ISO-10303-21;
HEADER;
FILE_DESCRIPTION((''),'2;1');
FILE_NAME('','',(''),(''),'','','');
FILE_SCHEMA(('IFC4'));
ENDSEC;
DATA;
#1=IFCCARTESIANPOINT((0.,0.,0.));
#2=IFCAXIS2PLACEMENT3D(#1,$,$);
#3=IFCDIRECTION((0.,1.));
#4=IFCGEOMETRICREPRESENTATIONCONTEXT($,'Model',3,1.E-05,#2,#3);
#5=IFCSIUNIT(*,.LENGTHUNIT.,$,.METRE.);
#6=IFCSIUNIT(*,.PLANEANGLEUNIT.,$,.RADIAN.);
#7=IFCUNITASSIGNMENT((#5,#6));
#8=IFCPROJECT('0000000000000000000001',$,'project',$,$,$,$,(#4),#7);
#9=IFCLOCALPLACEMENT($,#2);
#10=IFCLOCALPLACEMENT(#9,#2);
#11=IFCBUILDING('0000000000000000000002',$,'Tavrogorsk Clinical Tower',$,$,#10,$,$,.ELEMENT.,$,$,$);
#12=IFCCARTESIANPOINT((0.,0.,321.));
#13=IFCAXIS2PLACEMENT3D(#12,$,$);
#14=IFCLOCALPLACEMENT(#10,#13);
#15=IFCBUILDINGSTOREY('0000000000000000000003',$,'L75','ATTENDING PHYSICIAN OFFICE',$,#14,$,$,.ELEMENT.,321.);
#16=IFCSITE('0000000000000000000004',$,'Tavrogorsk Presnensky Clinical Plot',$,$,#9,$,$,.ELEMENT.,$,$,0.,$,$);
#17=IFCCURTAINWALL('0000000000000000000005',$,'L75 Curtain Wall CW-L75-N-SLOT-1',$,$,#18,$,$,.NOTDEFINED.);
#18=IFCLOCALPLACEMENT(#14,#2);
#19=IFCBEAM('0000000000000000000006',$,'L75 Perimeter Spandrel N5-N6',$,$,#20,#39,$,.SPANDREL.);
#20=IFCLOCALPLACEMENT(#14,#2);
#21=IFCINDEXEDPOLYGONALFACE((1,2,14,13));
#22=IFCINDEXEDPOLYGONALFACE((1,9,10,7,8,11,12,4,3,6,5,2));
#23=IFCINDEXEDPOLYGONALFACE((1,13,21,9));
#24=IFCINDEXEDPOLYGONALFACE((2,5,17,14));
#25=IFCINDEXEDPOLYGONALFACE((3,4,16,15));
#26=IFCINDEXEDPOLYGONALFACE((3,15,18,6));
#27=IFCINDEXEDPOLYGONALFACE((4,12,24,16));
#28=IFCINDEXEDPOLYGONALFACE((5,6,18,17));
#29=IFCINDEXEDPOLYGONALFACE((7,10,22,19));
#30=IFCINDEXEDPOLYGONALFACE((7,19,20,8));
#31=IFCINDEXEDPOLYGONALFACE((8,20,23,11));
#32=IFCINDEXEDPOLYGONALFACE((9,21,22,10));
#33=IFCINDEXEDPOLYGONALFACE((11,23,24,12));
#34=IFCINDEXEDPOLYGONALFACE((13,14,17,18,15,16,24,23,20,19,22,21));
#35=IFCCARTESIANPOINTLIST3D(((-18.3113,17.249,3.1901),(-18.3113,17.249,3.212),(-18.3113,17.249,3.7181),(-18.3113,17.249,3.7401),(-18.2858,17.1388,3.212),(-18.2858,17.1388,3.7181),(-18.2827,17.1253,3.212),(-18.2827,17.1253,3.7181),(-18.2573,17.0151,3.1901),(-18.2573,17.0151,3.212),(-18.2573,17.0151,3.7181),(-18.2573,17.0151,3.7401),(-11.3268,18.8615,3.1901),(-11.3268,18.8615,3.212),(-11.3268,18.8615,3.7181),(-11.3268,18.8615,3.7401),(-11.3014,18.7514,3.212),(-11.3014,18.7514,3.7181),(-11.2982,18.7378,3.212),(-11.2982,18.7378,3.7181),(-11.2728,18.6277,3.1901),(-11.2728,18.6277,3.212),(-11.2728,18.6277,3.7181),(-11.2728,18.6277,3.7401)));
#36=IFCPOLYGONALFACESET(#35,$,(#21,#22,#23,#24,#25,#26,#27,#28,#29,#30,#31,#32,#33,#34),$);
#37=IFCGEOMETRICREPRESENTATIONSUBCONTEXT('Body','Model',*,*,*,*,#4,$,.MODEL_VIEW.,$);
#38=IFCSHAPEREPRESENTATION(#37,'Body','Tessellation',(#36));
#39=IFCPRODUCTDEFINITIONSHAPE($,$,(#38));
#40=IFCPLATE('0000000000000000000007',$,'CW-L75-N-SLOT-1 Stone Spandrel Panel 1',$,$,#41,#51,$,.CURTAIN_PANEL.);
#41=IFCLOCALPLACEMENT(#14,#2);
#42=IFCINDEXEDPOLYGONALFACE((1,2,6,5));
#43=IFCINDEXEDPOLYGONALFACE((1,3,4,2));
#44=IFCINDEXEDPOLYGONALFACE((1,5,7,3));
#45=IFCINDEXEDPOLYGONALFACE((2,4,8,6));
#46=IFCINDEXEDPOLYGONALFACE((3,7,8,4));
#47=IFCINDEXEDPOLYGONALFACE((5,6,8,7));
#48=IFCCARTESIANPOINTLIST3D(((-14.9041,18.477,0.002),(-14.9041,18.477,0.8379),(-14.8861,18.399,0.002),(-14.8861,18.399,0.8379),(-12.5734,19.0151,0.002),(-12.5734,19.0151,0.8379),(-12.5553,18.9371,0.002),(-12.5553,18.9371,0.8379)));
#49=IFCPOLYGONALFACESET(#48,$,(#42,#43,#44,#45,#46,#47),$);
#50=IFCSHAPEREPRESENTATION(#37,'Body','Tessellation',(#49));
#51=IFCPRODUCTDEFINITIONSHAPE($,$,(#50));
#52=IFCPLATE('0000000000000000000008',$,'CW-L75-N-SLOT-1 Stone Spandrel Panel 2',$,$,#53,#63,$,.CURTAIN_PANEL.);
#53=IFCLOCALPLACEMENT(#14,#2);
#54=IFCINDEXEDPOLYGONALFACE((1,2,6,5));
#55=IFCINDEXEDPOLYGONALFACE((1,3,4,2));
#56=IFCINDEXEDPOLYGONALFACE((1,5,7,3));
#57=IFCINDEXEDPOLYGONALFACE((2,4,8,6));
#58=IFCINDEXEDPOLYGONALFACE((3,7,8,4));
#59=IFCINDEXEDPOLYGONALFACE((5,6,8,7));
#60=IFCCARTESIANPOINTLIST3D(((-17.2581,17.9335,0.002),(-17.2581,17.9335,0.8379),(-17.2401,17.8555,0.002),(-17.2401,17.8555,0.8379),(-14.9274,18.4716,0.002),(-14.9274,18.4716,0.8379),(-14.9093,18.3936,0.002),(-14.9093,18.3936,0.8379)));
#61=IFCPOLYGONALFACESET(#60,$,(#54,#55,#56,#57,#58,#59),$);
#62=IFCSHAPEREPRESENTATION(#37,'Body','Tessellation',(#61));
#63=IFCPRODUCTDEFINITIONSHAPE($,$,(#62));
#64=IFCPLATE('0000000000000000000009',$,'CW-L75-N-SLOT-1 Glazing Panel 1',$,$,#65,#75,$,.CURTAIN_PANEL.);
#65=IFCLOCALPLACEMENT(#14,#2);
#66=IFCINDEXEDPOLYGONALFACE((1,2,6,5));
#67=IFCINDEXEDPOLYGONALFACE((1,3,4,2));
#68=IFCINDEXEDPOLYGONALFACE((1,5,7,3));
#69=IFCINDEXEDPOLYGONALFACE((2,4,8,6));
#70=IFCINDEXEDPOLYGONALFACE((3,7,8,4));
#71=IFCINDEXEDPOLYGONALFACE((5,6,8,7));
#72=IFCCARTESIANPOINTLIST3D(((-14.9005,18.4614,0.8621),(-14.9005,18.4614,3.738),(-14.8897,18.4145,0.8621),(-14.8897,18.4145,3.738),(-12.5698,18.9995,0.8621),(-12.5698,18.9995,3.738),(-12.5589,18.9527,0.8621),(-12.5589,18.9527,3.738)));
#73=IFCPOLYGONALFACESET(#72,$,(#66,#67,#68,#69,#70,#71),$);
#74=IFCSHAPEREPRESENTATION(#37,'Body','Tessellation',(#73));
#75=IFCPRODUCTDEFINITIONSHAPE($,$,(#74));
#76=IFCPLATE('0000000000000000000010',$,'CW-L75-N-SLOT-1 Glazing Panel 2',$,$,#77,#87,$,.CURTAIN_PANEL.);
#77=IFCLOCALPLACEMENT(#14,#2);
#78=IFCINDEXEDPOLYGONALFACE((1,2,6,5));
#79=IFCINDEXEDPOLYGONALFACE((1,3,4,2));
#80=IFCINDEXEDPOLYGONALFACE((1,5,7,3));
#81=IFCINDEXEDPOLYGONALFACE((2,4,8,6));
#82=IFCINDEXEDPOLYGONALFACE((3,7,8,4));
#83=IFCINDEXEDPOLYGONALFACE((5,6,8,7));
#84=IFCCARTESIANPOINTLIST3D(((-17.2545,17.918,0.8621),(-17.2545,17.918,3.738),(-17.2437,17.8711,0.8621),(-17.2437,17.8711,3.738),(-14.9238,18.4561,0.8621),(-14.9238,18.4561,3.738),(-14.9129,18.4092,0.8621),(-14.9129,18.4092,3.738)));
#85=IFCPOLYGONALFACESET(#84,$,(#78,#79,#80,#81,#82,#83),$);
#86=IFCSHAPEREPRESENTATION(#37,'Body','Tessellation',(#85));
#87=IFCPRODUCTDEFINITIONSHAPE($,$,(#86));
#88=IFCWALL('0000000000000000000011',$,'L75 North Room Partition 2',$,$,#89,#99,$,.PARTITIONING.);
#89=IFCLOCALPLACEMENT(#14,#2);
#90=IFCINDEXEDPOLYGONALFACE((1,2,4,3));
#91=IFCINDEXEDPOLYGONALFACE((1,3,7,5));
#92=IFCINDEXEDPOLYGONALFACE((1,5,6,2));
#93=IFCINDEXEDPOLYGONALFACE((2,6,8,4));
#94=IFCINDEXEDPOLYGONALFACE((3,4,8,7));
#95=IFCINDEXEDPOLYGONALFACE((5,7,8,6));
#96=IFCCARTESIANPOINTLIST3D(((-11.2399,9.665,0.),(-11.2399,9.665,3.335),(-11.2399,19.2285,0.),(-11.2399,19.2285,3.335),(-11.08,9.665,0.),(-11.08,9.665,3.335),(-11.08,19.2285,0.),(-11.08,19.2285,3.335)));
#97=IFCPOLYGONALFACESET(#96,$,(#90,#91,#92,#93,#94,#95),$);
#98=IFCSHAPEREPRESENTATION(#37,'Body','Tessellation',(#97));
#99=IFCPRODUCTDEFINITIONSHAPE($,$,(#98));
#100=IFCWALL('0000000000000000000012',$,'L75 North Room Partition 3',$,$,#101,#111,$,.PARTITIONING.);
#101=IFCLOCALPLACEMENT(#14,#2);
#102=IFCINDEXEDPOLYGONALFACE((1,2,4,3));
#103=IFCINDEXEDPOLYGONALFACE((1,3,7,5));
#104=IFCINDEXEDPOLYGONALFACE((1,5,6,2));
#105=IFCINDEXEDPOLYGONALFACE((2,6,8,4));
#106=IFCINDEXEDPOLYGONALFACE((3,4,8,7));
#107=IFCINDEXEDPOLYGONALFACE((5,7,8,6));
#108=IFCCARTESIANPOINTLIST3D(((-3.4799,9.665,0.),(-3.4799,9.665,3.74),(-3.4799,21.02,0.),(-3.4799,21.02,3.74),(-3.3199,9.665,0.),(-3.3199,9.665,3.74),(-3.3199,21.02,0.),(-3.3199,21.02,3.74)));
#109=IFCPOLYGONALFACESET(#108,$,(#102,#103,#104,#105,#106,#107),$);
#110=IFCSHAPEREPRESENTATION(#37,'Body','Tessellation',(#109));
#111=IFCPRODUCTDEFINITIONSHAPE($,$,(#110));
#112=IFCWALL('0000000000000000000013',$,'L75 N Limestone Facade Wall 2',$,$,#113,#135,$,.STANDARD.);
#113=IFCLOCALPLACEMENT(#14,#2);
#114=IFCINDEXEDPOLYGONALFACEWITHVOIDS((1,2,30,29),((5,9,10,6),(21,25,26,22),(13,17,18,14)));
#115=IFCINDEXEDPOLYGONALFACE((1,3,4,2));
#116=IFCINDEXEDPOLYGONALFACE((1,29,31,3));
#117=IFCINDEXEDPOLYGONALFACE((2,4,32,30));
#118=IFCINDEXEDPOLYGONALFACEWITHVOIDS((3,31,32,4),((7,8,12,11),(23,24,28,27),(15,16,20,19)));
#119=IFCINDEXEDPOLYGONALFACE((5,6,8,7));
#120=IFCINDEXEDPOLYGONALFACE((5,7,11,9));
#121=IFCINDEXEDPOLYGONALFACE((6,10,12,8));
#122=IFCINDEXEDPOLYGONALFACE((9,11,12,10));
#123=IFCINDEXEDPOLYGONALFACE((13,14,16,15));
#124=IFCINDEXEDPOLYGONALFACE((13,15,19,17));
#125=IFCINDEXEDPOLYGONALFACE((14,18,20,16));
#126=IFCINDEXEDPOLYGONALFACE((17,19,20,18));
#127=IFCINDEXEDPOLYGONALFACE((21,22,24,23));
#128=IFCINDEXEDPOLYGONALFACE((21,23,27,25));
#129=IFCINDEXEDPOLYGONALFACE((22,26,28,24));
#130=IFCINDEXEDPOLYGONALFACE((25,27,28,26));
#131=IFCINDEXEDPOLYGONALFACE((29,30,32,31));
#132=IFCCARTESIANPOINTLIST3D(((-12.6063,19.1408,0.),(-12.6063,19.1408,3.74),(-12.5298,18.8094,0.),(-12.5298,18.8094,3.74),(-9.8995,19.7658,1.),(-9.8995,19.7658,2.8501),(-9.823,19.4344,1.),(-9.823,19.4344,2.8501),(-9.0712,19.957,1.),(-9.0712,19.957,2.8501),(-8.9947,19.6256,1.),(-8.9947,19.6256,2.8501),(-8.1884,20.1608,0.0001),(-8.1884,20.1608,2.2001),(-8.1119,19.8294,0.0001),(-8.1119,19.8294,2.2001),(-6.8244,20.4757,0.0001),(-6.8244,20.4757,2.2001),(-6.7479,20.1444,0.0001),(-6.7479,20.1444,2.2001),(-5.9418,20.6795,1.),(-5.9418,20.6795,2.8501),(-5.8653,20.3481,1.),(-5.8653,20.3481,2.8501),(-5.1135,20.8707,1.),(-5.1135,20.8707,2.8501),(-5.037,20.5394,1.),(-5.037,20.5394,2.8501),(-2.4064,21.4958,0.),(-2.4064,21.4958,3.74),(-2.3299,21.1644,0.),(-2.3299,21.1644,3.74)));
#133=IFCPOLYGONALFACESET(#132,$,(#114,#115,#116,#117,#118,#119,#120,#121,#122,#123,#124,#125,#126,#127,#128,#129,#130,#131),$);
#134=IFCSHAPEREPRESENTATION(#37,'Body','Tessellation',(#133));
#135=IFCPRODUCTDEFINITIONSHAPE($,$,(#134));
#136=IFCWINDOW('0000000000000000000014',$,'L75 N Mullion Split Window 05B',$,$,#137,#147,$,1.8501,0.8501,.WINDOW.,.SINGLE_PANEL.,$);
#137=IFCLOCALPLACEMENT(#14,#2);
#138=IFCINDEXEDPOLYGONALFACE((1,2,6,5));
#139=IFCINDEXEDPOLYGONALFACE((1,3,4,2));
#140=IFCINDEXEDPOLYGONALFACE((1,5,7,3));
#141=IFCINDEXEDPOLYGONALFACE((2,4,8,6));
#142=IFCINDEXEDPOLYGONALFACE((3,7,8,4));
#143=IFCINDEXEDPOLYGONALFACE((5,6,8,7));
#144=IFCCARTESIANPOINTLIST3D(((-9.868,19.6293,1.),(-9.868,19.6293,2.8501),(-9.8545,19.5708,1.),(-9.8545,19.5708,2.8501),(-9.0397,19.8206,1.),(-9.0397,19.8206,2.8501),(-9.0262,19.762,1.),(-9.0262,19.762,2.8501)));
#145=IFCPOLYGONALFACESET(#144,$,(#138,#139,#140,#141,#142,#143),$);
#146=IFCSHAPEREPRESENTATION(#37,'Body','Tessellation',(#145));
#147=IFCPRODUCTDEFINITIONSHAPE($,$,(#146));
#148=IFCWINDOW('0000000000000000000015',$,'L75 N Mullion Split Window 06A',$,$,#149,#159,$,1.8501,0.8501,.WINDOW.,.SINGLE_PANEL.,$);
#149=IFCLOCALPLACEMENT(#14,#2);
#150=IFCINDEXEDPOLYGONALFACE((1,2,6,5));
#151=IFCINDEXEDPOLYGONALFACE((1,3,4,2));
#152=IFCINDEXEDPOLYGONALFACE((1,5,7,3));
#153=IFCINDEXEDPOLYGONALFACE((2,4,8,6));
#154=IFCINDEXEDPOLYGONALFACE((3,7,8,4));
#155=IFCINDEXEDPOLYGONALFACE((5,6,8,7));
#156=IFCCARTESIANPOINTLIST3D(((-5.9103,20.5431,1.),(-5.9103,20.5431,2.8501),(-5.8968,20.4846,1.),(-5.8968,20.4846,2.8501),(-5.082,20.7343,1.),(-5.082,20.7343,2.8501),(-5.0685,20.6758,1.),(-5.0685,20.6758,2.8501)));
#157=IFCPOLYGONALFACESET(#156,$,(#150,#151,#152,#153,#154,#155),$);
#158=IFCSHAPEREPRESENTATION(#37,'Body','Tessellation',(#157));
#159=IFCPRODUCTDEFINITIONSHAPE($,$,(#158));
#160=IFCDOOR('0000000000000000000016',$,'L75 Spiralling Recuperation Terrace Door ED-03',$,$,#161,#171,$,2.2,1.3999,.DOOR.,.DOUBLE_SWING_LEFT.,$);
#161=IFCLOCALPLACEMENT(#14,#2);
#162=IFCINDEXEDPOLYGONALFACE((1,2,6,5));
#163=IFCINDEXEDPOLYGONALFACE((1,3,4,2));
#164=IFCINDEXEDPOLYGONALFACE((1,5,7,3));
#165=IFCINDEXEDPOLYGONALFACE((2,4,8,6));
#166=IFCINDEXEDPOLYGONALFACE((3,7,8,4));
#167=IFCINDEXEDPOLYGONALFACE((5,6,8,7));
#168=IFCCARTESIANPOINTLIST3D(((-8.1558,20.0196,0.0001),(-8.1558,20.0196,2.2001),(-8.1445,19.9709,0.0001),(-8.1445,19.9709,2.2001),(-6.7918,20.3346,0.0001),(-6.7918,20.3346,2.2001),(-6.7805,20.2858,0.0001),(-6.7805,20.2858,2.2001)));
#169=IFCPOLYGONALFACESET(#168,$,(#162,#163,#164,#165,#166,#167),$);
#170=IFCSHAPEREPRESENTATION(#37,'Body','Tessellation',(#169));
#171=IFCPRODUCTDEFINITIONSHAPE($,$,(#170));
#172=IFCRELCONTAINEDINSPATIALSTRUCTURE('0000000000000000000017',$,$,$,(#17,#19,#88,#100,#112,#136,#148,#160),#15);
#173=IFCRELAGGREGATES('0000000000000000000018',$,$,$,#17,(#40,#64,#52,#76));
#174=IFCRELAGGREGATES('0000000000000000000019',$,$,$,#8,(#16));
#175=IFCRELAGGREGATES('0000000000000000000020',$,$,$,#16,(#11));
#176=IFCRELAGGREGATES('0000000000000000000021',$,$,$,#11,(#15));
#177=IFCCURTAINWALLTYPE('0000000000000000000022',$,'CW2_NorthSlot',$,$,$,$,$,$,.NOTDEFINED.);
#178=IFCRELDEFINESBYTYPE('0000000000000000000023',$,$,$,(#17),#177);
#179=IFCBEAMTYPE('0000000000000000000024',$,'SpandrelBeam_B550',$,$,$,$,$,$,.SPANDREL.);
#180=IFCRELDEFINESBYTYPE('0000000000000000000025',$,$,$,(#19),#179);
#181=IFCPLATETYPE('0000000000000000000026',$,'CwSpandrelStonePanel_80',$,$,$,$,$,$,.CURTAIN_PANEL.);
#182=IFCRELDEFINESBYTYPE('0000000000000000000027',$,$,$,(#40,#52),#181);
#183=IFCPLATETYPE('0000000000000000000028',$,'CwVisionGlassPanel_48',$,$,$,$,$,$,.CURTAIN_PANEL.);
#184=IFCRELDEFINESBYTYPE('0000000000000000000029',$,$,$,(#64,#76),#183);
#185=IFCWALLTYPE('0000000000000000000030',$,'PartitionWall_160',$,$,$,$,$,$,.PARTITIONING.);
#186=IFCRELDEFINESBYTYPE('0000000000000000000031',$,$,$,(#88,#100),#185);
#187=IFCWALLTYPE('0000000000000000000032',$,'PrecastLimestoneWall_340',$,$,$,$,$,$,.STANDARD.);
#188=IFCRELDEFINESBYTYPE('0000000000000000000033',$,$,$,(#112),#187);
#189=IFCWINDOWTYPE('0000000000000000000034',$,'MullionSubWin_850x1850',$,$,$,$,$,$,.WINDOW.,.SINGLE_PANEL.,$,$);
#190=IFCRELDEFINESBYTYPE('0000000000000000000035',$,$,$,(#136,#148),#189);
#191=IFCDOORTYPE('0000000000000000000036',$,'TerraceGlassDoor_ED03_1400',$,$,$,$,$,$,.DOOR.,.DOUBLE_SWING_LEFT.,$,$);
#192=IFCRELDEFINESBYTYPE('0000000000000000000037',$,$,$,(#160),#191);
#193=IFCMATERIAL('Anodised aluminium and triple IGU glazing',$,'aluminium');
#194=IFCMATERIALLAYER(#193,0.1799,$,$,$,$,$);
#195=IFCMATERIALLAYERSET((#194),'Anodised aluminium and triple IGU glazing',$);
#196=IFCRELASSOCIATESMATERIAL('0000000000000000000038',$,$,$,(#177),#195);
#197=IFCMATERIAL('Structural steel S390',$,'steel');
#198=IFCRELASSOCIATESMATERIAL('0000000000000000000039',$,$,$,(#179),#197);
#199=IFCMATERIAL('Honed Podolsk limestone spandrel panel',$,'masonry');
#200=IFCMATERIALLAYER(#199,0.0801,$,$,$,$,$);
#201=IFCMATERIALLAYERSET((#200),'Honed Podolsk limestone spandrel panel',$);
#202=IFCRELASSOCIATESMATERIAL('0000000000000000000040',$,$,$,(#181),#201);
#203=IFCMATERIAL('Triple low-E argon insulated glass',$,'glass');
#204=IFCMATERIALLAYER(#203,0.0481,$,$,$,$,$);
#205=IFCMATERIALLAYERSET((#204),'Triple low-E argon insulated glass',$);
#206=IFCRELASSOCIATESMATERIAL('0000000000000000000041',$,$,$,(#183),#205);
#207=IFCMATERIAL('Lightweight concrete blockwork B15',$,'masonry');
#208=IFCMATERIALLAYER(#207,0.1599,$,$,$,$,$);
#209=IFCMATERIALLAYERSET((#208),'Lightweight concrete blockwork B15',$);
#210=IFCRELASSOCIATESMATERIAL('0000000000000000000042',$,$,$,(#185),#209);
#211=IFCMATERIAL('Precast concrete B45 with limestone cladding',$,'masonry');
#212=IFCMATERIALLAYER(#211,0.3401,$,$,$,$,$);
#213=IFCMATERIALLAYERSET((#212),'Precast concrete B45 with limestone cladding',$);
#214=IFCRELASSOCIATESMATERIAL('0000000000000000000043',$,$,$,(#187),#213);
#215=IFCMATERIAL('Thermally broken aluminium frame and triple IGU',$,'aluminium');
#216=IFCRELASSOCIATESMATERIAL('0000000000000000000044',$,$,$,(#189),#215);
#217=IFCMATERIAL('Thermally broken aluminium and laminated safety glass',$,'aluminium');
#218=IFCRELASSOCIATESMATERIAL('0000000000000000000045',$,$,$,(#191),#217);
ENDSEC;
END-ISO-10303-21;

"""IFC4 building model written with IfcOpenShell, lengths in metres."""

from ifc_helpers import new_model, si_unit, direction, frame, frame_2d, origin, origin_2d, place, context, subcontext, project, spatial, rectangle, i_section, extrude, material, layer, layer_set, material_profile, profile_set, type_object, element, fill, aggregate, save


model = new_model("IFC4")

# Units and contexts
model_context = context("Model", 3, precision=1e-05, world=origin(), true_north=direction((0.0, 1.0)))
body_context = subcontext(model_context, "Body", "Model", "MODEL_VIEW")
ifc_project = project(units=[si_unit("LENGTHUNIT", "METRE"), si_unit("PLANEANGLEUNIT", "RADIAN")], contexts=[model_context])

# Site, building, storey
site_placement = place(None, origin())
site = spatial("IfcSite", under=ifc_project, at=site_placement, Name="Tavrogorsk Presnensky Clinical Plot", CompositionType="ELEMENT", RefElevation=0.0)
building_placement = place(site_placement, origin())
building = spatial("IfcBuilding", under=site, at=building_placement, Name="Tavrogorsk Clinical Tower", CompositionType="ELEMENT")
storey_placement = place(building_placement, frame((0.0, 0.0, 321.0)))
storey = spatial("IfcBuildingStorey", under=building, at=storey_placement, Name="L75", Description="ATTENDING PHYSICIAN OFFICE", CompositionType="ELEMENT", Elevation=321.0)

# Curtain wall
ifc_material_1 = material(Name="Anodised aluminium and triple IGU glazing", Category="aluminium")
ifc_layer_1 = layer(ifc_material_1, 0.1799)
ifc_layer_set_1 = layer_set([ifc_layer_1], Name="Anodised aluminium and triple IGU glazing")
curtain_wall_type = type_object("IfcCurtainWallType", Name="CW2_NorthSlot", PredefinedType="NOTDEFINED", material=ifc_layer_set_1)
curtain_wall_1_placement = place(storey_placement, origin())
curtain_wall_1 = element("IfcCurtainWall", 1, at=curtain_wall_1_placement, inside=storey, type_object=curtain_wall_type, Name="L75 Curtain Wall CW-L75-N-SLOT-1", PredefinedType="NOTDEFINED")

# Beam
ifc_material_2 = material(Name="Structural steel S390", Category="steel")
ifc_material_profile_1 = material_profile(ifc_material_2, i_section(OverallWidth=0.24, OverallDepth=0.55, WebThickness=0.0139, FlangeThickness=0.022, at=origin_2d()), Name="B-550x240x14x22")
ifc_profile_set_1 = profile_set([ifc_material_profile_1], Name="Structural steel S390")
beam_type = type_object("IfcBeamType", Name="SpandrelBeam_B550", PredefinedType="SPANDREL", material=ifc_profile_set_1)
for number, where, z_axis, x_axis, name in (
    (2, (-11.2998, 18.7446, 3.4651), (-0.974368, -0.224961, 0.0), (0.224961, -0.974368, 0.0), "L75 Perimeter Spandrel N5-N6"),
):
    element("IfcBeam", number, at=place(storey_placement, frame(where, z_axis=z_axis, x_axis=x_axis)), inside=storey, type_object=beam_type, Name=name, PredefinedType="SPANDREL", context=body_context, shape_type="SweptSolid", body=[
        extrude(i_section(OverallWidth=0.24, OverallDepth=0.55, WebThickness=0.0139, FlangeThickness=0.022, at=origin_2d()), origin(), (0.0, 0.0, 1.0), 7.1682),
    ])

# Plates
ifc_material_3 = material(Name="Honed Podolsk limestone spandrel panel", Category="masonry")
ifc_layer_2 = layer(ifc_material_3, 0.0801)
ifc_layer_set_2 = layer_set([ifc_layer_2], Name="Honed Podolsk limestone spandrel panel")
plate_type_1 = type_object("IfcPlateType", Name="CwSpandrelStonePanel_80", PredefinedType="CURTAIN_PANEL", material=ifc_layer_set_2)
plate_1_placement = place(storey_placement, frame((-13.7297, 18.707, 0.002), z_axis=(0.0, 0.0, 1.0), x_axis=(-0.97437, -0.224951, 0.0)))
plate_1 = element("IfcPlate", 3, at=plate_1_placement, type_object=plate_type_1, Name="CW-L75-N-SLOT-1 Stone Spandrel Panel 1", PredefinedType="CURTAIN_PANEL", context=body_context, shape_type="SweptSolid", body=[
    extrude(rectangle(XDim=2.3921, YDim=0.0801, at=origin_2d()), origin(), (0.0, 0.0, 1.0), 0.8359),
])
plate_2_placement = place(storey_placement, frame((-16.0837, 18.1636, 0.002), z_axis=(0.0, 0.0, 1.0), x_axis=(-0.97437, -0.224951, 0.0)))
plate_2 = element("IfcPlate", 4, at=plate_2_placement, type_object=plate_type_1, Name="CW-L75-N-SLOT-1 Stone Spandrel Panel 2", PredefinedType="CURTAIN_PANEL", context=body_context, shape_type="SweptSolid", body=[
    extrude(rectangle(XDim=2.3921, YDim=0.0801, at=origin_2d()), origin(), (0.0, 0.0, 1.0), 0.8359),
])
ifc_material_4 = material(Name="Triple low-E argon insulated glass", Category="glass")
ifc_layer_3 = layer(ifc_material_4, 0.0481)
ifc_layer_set_3 = layer_set([ifc_layer_3], Name="Triple low-E argon insulated glass")
plate_type_2 = type_object("IfcPlateType", Name="CwVisionGlassPanel_48", PredefinedType="CURTAIN_PANEL", material=ifc_layer_set_3)
plate_3_placement = place(storey_placement, frame((-13.7297, 18.707, 0.8621), z_axis=(0.0, 0.0, 1.0), x_axis=(-0.97437, -0.224951, 0.0)))
plate_3 = element("IfcPlate", 5, at=plate_3_placement, type_object=plate_type_2, Name="CW-L75-N-SLOT-1 Glazing Panel 1", PredefinedType="CURTAIN_PANEL", context=body_context, shape_type="SweptSolid", body=[
    extrude(rectangle(XDim=2.3921, YDim=0.0481, at=origin_2d()), origin(), (0.0, 0.0, 1.0), 2.876),
])
plate_4_placement = place(storey_placement, frame((-16.0837, 18.1636, 0.8621), z_axis=(0.0, 0.0, 1.0), x_axis=(-0.97437, -0.224951, 0.0)))
plate_4 = element("IfcPlate", 6, at=plate_4_placement, type_object=plate_type_2, Name="CW-L75-N-SLOT-1 Glazing Panel 2", PredefinedType="CURTAIN_PANEL", context=body_context, shape_type="SweptSolid", body=[
    extrude(rectangle(XDim=2.3921, YDim=0.0481, at=origin_2d()), origin(), (0.0, 0.0, 1.0), 2.876),
])
aggregate(curtain_wall_1, [plate_1, plate_3, plate_2, plate_4])

# Walls
ifc_material_5 = material(Name="Lightweight concrete blockwork B15", Category="masonry")
ifc_layer_4 = layer(ifc_material_5, 0.1599)
ifc_layer_set_4 = layer_set([ifc_layer_4], Name="Lightweight concrete blockwork B15")
wall_type_1 = type_object("IfcWallType", Name="PartitionWall_160", PredefinedType="PARTITIONING", material=ifc_layer_set_4)
wall_1_placement = place(storey_placement, frame((-11.1599, 9.665, 0.0), z_axis=(0.0, 0.0, 1.0), x_axis=(0.0, 1.0, 0.0)))
element("IfcWall", 7, at=wall_1_placement, inside=storey, type_object=wall_type_1, Name="L75 North Room Partition 2", PredefinedType="PARTITIONING", context=body_context, shape_type="SweptSolid", body=[
    extrude(rectangle(XDim=9.5635, YDim=0.1599, at=frame_2d((4.7817, 0.0))), origin(), (0.0, 0.0, 1.0), 3.335),
])
wall_2_placement = place(storey_placement, frame((-3.3999, 9.665, 0.0), z_axis=(0.0, 0.0, 1.0), x_axis=(0.0, 1.0, 0.0)))
element("IfcWall", 8, at=wall_2_placement, inside=storey, type_object=wall_type_1, Name="L75 North Room Partition 3", PredefinedType="PARTITIONING", context=body_context, shape_type="SweptSolid", body=[
    extrude(rectangle(XDim=11.355, YDim=0.1599, at=frame_2d((5.6775, 0.0))), origin(), (0.0, 0.0, 1.0), 3.74),
])

# Wall, openings, windows, door
ifc_material_6 = material(Name="Precast concrete B45 with limestone cladding", Category="masonry")
ifc_layer_5 = layer(ifc_material_6, 0.3401)
ifc_layer_set_5 = layer_set([ifc_layer_5], Name="Precast concrete B45 with limestone cladding")
wall_type_2 = type_object("IfcWallType", Name="PrecastLimestoneWall_340", PredefinedType="STANDARD", material=ifc_layer_set_5)
wall_3_placement = place(storey_placement, frame((-2.3682, 21.3301, 0.0), z_axis=(0.0, 0.0, 1.0), x_axis=(-0.974367, -0.224963, 0.0)))
wall_3 = element("IfcWall", 9, at=wall_3_placement, inside=storey, type_object=wall_type_2, Name="L75 N Limestone Facade Wall 2", PredefinedType="STANDARD", context=body_context, shape_type="SweptSolid", body=[
    extrude(rectangle(XDim=10.4683, YDim=0.3401, at=frame_2d((5.2341, 0.0))), origin(), (0.0, 0.0, 1.0), 3.74),
])
opening_1_placement = place(wall_3_placement, frame((4.5342, 0.0, 0.0)))
opening_1 = element("IfcOpeningElement", 10, at=opening_1_placement, cuts=wall_3, PredefinedType="OPENING", context=body_context, shape_type="SweptSolid", body=[
    extrude(rectangle(XDim=1.3999, YDim=2.2, at=frame_2d((0.7, 1.1001))), frame((0.0, 0.1799, 0.0), z_axis=(0.0, -1.0, 0.0), x_axis=(1.0, 0.0, 0.0)), (0.0, 0.0, 1.0), 0.3601),
])
opening_2_placement = place(wall_3_placement, frame((6.8401, 0.0, 1.0)))
opening_2 = element("IfcOpeningElement", 11, at=opening_2_placement, cuts=wall_3, PredefinedType="OPENING", context=body_context, shape_type="SweptSolid", body=[
    extrude(rectangle(XDim=0.8501, YDim=1.8501, at=frame_2d((0.425, 0.925))), frame((0.0, 0.1799, 0.0), z_axis=(0.0, -1.0, 0.0), x_axis=(1.0, 0.0, 0.0)), (0.0, 0.0, 1.0), 0.3601),
])
opening_3_placement = place(wall_3_placement, frame((2.7783, 0.0, 1.0)))
opening_3 = element("IfcOpeningElement", 12, at=opening_3_placement, cuts=wall_3, PredefinedType="OPENING", context=body_context, shape_type="SweptSolid", body=[
    extrude(rectangle(XDim=0.8501, YDim=1.8501, at=frame_2d((0.425, 0.925))), frame((0.0, 0.1799, 0.0), z_axis=(0.0, -1.0, 0.0), x_axis=(1.0, 0.0, 0.0)), (0.0, 0.0, 1.0), 0.3601),
])
ifc_material_7 = material(Name="Thermally broken aluminium frame and triple IGU", Category="aluminium")
window_type_1 = type_object("IfcWindowType", Name="MullionSubWin_850x1850", PartitioningType="SINGLE_PANEL", PredefinedType="WINDOW", material=ifc_material_7)
window_1_placement = place(opening_2_placement, origin())
window_1 = element("IfcWindow", 13, at=window_1_placement, inside=storey, type_object=window_type_1, Name="L75 N Mullion Split Window 05B", OverallHeight=1.8501, OverallWidth=0.8501, PartitioningType="SINGLE_PANEL", PredefinedType="WINDOW", context=body_context, shape_type="SweptSolid", body=[
    extrude(rectangle(XDim=0.8501, YDim=1.8501, at=frame_2d((0.425, 0.925))), frame((0.0, 0.03, 0.0), z_axis=(0.0, -1.0, 0.0), x_axis=(1.0, 0.0, 0.0)), (0.0, 0.0, 1.0), 0.0601),
])
fill(opening_2, window_1)
window_2_placement = place(opening_3_placement, origin())
window_2 = element("IfcWindow", 14, at=window_2_placement, inside=storey, type_object=window_type_1, Name="L75 N Mullion Split Window 06A", OverallHeight=1.8501, OverallWidth=0.8501, PartitioningType="SINGLE_PANEL", PredefinedType="WINDOW", context=body_context, shape_type="SweptSolid", body=[
    extrude(rectangle(XDim=0.8501, YDim=1.8501, at=frame_2d((0.425, 0.925))), frame((0.0, 0.03, 0.0), z_axis=(0.0, -1.0, 0.0), x_axis=(1.0, 0.0, 0.0)), (0.0, 0.0, 1.0), 0.0601),
])
fill(opening_3, window_2)
ifc_material_8 = material(Name="Thermally broken aluminium and laminated safety glass", Category="aluminium")
door_type = type_object("IfcDoorType", Name="TerraceGlassDoor_ED03_1400", OperationType="DOUBLE_SWING_LEFT", PredefinedType="DOOR", material=ifc_material_8)
door_placement = place(opening_1_placement, origin())
door = element("IfcDoor", 15, at=door_placement, inside=storey, type_object=door_type, Name="L75 Spiralling Recuperation Terrace Door ED-03", OperationType="DOUBLE_SWING_LEFT", OverallHeight=2.2, OverallWidth=1.3999, PredefinedType="DOOR", context=body_context, shape_type="SweptSolid", body=[
    extrude(rectangle(XDim=1.3999, YDim=2.2, at=frame_2d((0.7, 1.1001))), frame((0.0, 0.0249, 0.0), z_axis=(0.0, -1.0, 0.0), x_axis=(1.0, 0.0, 0.0)), (0.0, 0.0, 1.0), 0.05),
])
fill(opening_1, door)

save(model, "model.ifc")
